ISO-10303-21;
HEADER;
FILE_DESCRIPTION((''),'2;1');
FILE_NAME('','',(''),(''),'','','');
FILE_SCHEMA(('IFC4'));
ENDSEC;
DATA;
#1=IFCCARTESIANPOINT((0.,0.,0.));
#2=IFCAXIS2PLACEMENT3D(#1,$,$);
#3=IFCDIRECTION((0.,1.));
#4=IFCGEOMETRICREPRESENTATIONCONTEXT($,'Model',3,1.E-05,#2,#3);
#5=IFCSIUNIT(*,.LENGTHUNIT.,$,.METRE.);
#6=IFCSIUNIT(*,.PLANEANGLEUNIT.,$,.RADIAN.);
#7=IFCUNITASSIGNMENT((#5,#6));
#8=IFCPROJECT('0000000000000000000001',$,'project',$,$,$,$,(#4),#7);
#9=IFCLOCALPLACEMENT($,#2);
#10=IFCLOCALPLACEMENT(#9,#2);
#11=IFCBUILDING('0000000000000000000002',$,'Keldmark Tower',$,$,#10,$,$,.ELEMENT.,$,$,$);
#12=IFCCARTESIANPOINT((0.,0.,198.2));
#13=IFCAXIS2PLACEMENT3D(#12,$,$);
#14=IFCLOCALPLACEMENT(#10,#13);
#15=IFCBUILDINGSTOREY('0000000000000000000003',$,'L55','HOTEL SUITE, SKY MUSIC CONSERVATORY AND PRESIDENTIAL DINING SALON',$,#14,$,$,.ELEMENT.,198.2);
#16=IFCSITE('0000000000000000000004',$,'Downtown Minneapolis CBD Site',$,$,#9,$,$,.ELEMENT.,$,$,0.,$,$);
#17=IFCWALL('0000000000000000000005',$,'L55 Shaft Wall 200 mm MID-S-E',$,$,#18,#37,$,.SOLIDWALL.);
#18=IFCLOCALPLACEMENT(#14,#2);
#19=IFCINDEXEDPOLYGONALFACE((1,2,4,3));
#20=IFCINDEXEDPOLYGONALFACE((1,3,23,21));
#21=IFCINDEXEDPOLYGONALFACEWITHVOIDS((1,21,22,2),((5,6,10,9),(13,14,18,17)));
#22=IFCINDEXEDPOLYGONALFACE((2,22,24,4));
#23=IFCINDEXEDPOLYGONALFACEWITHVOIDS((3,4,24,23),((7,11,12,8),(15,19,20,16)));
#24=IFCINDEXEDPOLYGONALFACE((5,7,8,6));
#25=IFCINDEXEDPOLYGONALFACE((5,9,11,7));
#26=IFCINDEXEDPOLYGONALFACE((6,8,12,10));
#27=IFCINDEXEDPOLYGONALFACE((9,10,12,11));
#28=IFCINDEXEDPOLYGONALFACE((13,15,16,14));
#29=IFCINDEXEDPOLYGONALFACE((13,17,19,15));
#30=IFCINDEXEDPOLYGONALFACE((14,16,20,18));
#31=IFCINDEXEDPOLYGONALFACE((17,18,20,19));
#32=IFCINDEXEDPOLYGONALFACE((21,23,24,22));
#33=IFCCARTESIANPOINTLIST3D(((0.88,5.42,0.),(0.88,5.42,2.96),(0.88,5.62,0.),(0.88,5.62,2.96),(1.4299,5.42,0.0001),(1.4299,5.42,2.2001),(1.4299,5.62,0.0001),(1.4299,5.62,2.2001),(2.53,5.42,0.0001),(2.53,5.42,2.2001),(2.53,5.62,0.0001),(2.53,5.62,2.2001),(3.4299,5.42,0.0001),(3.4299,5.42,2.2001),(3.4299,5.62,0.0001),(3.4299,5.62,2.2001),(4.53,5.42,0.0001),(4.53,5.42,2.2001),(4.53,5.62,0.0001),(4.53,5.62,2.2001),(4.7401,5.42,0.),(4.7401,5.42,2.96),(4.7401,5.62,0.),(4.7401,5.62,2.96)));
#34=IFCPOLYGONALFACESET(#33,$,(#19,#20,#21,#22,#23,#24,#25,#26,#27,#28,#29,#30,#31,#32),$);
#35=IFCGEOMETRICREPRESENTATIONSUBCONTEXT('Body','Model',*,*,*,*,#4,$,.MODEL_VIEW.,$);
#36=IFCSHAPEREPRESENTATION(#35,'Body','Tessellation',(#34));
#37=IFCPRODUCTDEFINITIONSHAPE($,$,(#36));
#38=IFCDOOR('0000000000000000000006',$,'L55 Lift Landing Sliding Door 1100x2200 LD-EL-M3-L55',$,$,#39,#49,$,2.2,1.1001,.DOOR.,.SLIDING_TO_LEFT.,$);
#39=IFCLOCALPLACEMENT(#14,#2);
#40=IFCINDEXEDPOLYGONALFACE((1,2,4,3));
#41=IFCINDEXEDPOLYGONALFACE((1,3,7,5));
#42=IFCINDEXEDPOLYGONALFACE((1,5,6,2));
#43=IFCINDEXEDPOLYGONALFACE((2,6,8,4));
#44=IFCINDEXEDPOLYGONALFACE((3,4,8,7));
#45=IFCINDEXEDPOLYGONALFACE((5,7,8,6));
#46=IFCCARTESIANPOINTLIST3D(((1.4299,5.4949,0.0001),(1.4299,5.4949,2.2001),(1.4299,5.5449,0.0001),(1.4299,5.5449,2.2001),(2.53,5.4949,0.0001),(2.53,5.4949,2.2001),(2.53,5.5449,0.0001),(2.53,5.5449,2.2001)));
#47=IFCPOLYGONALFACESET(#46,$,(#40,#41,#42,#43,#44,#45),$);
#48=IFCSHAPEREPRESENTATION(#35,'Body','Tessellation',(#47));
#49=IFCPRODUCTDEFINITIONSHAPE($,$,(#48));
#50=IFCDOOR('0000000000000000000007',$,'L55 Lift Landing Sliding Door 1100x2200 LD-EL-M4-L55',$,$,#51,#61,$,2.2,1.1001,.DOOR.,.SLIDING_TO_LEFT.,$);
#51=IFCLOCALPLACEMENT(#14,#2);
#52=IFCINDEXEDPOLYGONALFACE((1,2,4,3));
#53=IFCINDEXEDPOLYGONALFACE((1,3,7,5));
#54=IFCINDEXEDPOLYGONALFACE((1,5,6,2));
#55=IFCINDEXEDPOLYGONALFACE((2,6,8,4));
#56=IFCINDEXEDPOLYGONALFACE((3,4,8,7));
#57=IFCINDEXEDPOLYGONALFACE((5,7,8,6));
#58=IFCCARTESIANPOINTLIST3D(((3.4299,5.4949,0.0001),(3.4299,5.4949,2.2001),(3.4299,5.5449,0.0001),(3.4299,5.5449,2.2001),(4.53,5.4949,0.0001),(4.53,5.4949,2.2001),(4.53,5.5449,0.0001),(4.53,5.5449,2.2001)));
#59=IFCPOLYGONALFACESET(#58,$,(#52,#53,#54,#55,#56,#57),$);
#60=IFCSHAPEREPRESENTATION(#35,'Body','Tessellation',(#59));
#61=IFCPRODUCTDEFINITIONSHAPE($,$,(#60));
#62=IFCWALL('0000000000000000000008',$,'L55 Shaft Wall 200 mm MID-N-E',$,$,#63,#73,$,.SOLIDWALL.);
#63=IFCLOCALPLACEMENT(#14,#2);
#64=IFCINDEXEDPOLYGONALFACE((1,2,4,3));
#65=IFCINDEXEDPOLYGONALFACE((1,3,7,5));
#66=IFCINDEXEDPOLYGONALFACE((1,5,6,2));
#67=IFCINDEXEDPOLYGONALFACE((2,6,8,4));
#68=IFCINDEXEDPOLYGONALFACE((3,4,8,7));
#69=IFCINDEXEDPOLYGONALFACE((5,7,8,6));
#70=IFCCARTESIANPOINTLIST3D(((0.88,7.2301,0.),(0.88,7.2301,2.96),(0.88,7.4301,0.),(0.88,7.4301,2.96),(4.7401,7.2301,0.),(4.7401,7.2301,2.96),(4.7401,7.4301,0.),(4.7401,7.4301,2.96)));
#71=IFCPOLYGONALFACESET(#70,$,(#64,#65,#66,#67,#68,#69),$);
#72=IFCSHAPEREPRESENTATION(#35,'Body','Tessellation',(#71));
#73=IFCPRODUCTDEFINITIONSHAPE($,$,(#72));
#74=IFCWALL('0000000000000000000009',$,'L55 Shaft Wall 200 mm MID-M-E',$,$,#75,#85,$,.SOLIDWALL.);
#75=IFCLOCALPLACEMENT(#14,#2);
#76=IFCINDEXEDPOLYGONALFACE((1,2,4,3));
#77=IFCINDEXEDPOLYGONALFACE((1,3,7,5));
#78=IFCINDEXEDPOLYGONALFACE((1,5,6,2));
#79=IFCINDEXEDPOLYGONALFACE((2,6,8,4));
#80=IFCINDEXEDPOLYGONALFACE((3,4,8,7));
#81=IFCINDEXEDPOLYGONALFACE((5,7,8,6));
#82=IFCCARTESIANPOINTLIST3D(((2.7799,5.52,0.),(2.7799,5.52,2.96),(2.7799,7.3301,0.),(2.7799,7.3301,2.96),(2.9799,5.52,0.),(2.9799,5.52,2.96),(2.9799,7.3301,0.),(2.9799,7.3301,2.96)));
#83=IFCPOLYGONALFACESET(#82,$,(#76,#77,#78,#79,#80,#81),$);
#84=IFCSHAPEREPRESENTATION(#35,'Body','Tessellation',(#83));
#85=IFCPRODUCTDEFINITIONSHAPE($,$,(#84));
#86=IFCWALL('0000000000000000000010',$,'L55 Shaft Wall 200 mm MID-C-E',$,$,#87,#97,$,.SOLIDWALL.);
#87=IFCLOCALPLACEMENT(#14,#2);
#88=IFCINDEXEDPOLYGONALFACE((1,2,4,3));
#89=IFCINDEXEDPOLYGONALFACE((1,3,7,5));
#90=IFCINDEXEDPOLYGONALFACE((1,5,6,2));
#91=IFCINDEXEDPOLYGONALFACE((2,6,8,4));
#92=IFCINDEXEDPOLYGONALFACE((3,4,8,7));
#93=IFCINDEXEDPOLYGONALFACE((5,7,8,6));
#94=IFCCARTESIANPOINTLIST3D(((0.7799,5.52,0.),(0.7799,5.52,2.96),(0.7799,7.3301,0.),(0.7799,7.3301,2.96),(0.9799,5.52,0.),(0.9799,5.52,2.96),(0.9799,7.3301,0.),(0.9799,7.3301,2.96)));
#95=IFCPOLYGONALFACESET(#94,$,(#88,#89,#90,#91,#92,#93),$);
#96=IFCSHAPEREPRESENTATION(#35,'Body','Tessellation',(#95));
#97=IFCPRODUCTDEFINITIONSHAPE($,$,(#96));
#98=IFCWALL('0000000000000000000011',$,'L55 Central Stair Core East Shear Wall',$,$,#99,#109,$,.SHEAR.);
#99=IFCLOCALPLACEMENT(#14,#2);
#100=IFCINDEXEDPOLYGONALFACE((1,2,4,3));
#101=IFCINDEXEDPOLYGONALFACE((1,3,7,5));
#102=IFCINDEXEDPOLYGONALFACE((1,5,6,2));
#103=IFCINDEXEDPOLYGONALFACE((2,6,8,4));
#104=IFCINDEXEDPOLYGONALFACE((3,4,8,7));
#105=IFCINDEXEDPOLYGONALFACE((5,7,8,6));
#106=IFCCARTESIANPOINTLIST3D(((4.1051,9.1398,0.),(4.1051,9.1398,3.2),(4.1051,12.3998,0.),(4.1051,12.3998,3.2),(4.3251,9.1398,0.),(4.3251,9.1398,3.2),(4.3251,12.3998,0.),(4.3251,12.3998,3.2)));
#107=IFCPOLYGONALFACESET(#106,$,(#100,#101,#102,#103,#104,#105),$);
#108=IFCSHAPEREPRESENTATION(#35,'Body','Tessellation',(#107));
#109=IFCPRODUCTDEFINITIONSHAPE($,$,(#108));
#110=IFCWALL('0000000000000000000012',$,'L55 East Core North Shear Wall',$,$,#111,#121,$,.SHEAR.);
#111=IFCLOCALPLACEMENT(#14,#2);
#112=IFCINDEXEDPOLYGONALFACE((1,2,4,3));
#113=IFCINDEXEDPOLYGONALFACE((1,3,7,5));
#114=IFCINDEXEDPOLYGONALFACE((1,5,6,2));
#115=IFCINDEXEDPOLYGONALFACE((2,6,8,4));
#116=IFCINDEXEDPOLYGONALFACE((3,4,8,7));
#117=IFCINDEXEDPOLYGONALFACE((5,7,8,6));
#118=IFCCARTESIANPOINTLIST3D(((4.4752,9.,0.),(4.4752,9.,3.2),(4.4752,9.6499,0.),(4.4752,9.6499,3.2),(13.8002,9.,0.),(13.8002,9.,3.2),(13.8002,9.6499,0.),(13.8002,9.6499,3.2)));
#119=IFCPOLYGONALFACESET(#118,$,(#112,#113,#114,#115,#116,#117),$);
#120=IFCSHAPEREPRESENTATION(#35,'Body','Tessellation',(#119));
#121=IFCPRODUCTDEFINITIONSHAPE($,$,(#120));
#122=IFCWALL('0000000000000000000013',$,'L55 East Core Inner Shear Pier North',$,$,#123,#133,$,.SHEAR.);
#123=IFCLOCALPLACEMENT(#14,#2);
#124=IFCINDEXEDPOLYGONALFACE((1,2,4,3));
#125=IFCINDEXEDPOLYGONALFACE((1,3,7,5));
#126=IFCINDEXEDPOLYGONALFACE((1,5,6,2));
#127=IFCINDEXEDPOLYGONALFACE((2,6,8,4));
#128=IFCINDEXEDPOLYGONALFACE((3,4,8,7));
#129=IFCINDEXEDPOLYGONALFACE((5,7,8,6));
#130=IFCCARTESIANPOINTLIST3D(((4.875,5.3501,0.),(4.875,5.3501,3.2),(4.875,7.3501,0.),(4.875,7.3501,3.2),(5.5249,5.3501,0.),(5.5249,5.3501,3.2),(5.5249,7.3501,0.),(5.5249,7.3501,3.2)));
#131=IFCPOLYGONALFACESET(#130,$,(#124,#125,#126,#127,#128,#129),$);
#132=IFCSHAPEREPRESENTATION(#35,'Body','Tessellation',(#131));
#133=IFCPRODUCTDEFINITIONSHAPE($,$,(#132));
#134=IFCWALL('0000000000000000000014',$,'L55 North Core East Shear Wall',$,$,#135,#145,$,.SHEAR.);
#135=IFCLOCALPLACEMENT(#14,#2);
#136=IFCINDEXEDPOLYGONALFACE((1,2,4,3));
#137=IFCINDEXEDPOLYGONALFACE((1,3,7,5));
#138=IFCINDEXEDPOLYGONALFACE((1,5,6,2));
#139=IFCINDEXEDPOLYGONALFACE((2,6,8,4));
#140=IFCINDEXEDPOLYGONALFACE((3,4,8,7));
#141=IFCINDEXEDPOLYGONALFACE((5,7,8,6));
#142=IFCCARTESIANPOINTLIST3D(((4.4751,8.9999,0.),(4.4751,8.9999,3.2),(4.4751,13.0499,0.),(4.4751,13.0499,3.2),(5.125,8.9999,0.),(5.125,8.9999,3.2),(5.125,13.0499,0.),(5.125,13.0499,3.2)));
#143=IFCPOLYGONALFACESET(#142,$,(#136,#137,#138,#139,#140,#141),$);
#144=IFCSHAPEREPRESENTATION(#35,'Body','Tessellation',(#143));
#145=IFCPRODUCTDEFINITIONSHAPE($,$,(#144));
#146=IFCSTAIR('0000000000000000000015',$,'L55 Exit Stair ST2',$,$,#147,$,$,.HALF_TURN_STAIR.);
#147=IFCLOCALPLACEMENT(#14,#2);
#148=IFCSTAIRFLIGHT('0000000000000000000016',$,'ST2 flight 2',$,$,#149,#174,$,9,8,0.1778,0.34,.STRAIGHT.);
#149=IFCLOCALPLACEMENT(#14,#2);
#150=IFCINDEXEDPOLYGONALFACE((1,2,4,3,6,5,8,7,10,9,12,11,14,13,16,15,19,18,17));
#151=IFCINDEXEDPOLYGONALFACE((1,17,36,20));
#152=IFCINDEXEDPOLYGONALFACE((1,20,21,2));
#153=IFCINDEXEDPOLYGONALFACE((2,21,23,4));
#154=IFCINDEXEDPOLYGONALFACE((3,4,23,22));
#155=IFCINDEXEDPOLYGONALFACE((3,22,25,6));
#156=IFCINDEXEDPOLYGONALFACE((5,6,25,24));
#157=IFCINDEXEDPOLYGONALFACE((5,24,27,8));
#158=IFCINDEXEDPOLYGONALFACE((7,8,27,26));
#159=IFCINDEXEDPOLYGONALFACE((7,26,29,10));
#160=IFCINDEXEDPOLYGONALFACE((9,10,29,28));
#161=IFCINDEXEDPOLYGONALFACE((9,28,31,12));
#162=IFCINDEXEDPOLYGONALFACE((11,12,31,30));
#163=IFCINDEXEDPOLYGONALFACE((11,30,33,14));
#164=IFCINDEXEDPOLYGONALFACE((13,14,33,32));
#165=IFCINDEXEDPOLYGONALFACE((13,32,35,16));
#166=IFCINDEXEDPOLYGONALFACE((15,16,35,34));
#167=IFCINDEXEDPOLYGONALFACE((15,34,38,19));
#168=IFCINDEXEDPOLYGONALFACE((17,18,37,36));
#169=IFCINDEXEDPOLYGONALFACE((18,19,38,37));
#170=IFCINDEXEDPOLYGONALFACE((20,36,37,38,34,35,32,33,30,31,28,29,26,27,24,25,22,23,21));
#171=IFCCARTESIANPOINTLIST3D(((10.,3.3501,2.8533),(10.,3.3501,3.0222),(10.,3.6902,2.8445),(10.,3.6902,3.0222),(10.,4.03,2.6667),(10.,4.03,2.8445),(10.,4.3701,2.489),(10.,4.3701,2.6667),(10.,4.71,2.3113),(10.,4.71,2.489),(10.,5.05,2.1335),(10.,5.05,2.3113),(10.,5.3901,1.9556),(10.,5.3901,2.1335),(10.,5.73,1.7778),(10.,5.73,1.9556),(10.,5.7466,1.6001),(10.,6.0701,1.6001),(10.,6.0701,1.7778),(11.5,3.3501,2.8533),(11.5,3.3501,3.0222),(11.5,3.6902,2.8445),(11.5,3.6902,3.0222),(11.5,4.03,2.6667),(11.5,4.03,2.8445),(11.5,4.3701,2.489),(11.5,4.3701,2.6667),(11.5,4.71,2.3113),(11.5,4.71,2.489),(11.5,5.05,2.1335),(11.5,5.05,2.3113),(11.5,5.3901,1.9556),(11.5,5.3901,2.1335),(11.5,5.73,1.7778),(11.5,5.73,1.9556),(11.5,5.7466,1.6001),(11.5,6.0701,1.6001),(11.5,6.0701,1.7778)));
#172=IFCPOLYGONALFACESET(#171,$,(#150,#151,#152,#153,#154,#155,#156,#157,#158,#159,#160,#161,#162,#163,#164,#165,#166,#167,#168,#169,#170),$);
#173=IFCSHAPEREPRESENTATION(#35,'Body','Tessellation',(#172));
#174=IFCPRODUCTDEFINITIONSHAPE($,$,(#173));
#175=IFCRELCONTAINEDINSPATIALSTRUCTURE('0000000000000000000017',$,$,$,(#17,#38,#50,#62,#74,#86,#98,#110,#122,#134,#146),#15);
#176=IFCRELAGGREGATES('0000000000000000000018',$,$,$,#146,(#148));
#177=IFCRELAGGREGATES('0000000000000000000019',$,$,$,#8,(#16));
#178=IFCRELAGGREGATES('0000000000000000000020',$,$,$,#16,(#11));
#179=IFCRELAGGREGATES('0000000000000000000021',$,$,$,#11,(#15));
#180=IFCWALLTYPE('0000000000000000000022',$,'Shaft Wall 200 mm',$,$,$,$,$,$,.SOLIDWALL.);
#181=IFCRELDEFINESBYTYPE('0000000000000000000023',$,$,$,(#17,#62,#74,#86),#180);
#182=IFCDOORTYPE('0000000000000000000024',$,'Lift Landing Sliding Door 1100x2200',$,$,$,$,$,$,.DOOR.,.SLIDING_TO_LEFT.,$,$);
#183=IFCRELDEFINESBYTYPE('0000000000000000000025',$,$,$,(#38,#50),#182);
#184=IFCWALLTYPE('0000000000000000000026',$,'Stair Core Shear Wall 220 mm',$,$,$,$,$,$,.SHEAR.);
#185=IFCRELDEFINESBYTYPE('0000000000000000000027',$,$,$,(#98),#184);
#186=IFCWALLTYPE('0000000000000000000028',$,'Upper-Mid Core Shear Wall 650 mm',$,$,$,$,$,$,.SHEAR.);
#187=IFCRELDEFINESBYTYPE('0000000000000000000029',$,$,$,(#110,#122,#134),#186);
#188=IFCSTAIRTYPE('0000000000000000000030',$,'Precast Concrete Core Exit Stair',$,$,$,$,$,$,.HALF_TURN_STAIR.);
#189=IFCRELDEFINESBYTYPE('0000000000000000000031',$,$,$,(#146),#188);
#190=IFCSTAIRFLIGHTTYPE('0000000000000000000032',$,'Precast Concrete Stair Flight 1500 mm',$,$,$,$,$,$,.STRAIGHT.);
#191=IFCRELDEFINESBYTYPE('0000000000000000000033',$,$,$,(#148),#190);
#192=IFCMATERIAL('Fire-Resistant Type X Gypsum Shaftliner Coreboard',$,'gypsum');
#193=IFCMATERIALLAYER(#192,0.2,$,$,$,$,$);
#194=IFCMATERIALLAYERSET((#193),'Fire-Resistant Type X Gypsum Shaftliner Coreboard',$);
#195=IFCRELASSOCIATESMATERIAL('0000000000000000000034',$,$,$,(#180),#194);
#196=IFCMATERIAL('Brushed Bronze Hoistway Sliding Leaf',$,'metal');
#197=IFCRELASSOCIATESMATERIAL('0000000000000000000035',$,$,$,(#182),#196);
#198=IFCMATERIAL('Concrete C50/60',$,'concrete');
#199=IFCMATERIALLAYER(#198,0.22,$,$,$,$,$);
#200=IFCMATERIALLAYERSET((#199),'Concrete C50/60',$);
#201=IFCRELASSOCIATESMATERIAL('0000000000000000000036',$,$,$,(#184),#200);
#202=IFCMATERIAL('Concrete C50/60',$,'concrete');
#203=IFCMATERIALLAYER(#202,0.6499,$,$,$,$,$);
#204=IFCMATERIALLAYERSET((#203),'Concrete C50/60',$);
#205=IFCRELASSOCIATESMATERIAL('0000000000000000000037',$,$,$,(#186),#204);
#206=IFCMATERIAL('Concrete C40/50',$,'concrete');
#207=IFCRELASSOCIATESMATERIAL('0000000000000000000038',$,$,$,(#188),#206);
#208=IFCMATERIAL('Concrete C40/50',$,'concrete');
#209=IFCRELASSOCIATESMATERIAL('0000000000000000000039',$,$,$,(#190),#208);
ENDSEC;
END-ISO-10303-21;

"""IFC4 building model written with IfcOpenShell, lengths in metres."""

from ifc_helpers import new_model, si_unit, direction, frame, frame_2d, origin, place, context, subcontext, project, spatial, polyline, rectangle, outline, extrude, material, layer, layer_set, type_object, element, fill, aggregate, save


model = new_model("IFC4")

# Units and contexts
model_context = context("Model", 3, precision=1e-05, world=origin(), true_north=direction((0.0, 1.0)))
body_context = subcontext(model_context, "Body", "Model", "MODEL_VIEW")
ifc_project = project(units=[si_unit("LENGTHUNIT", "METRE"), si_unit("PLANEANGLEUNIT", "RADIAN")], contexts=[model_context])

# Site, building, storey
site_placement = place(None, origin())
site = spatial("IfcSite", under=ifc_project, at=site_placement, Name="Downtown Minneapolis CBD Site", CompositionType="ELEMENT", RefElevation=0.0)
building_placement = place(site_placement, origin())
building = spatial("IfcBuilding", under=site, at=building_placement, Name="Keldmark Tower", CompositionType="ELEMENT")
storey_placement = place(building_placement, frame((0.0, 0.0, 198.2)))
storey = spatial("IfcBuildingStorey", under=building, at=storey_placement, Name="L55", Description="HOTEL SUITE, SKY MUSIC CONSERVATORY AND PRESIDENTIAL DINING SALON", CompositionType="ELEMENT", Elevation=198.2)

# Shared definitions
ifc_material_1 = material(Name="Fire-Resistant Type X Gypsum Shaftliner Coreboard", Category="gypsum")
ifc_layer_1 = layer(ifc_material_1, 0.2)
ifc_layer_set_1 = layer_set([ifc_layer_1], Name="Fire-Resistant Type X Gypsum Shaftliner Coreboard")
wall_type_1 = type_object("IfcWallType", Name="Shaft Wall 200 mm", PredefinedType="SOLIDWALL", material=ifc_layer_set_1)

# Wall, openings, doors
wall_1_placement = place(storey_placement, frame((0.8799, 5.52, 0.0), z_axis=(0.0, 0.0, 1.0), x_axis=(1.0, 0.0, 0.0)))
wall_1 = element("IfcWall", 1, at=wall_1_placement, inside=storey, type_object=wall_type_1, Name="L55 Shaft Wall 200 mm MID-S-E", PredefinedType="SOLIDWALL", context=body_context, shape_type="SweptSolid", body=[
    extrude(rectangle(XDim=3.8601, YDim=0.2, at=frame_2d((1.9302, 0.0))), origin(), (0.0, 0.0, 1.0), 2.96),
])
opening_1_placement = place(wall_1_placement, frame((0.55, 0.0, 0.0)))
opening_1 = element("IfcOpeningElement", 2, at=opening_1_placement, cuts=wall_1, PredefinedType="OPENING", context=body_context, shape_type="SweptSolid", body=[
    extrude(rectangle(XDim=1.1001, YDim=2.2, at=frame_2d((0.55, 1.1001))), frame((0.0, 0.1099, 0.0), z_axis=(0.0, -1.0, 0.0), x_axis=(1.0, 0.0, 0.0)), (0.0, 0.0, 1.0), 0.22),
])
opening_2_placement = place(wall_1_placement, frame((2.55, 0.0, 0.0)))
opening_2 = element("IfcOpeningElement", 3, at=opening_2_placement, cuts=wall_1, PredefinedType="OPENING", context=body_context, shape_type="SweptSolid", body=[
    extrude(rectangle(XDim=1.1001, YDim=2.2, at=frame_2d((0.55, 1.1001))), frame((0.0, 0.1099, 0.0), z_axis=(0.0, -1.0, 0.0), x_axis=(1.0, 0.0, 0.0)), (0.0, 0.0, 1.0), 0.22),
])
ifc_material_2 = material(Name="Brushed Bronze Hoistway Sliding Leaf", Category="metal")
door_type_1 = type_object("IfcDoorType", Name="Lift Landing Sliding Door 1100x2200", OperationType="SLIDING_TO_LEFT", PredefinedType="DOOR", material=ifc_material_2)
door_1_placement = place(opening_1_placement, origin())
door_1 = element("IfcDoor", 4, at=door_1_placement, inside=storey, type_object=door_type_1, Name="L55 Lift Landing Sliding Door 1100x2200 LD-EL-M3-L55", OperationType="SLIDING_TO_LEFT", OverallHeight=2.2, OverallWidth=1.1001, PredefinedType="DOOR", context=body_context, shape_type="SweptSolid", body=[
    extrude(rectangle(XDim=1.1001, YDim=2.2, at=frame_2d((0.55, 1.1001))), frame((0.0, 0.0249, 0.0), z_axis=(0.0, -1.0, 0.0), x_axis=(1.0, 0.0, 0.0)), (0.0, 0.0, 1.0), 0.05),
])
fill(opening_1, door_1)
door_2_placement = place(opening_2_placement, origin())
door_2 = element("IfcDoor", 5, at=door_2_placement, inside=storey, type_object=door_type_1, Name="L55 Lift Landing Sliding Door 1100x2200 LD-EL-M4-L55", OperationType="SLIDING_TO_LEFT", OverallHeight=2.2, OverallWidth=1.1001, PredefinedType="DOOR", context=body_context, shape_type="SweptSolid", body=[
    extrude(rectangle(XDim=1.1001, YDim=2.2, at=frame_2d((0.55, 1.1001))), frame((0.0, 0.0249, 0.0), z_axis=(0.0, -1.0, 0.0), x_axis=(1.0, 0.0, 0.0)), (0.0, 0.0, 1.0), 0.05),
])
fill(opening_2, door_2)

# Walls
wall_2_placement = place(storey_placement, frame((0.8799, 7.3301, 0.0), z_axis=(0.0, 0.0, 1.0), x_axis=(1.0, 0.0, 0.0)))
element("IfcWall", 6, at=wall_2_placement, inside=storey, type_object=wall_type_1, Name="L55 Shaft Wall 200 mm MID-N-E", PredefinedType="SOLIDWALL", context=body_context, shape_type="SweptSolid", body=[
    extrude(rectangle(XDim=3.8601, YDim=0.2, at=frame_2d((1.9302, 0.0))), origin(), (0.0, 0.0, 1.0), 2.96),
])
for number, where, z_axis, x_axis, name in (
    (7, (2.8799, 5.52, 0.0), (0.0, 0.0, 1.0), (0.0, 1.0, 0.0), "L55 Shaft Wall 200 mm MID-M-E"),
    (8, (0.8799, 5.52, 0.0), (0.0, 0.0, 1.0), (0.0, 1.0, 0.0), "L55 Shaft Wall 200 mm MID-C-E"),
):
    element("IfcWall", number, at=place(storey_placement, frame(where, z_axis=z_axis, x_axis=x_axis)), inside=storey, type_object=wall_type_1, Name=name, PredefinedType="SOLIDWALL", context=body_context, shape_type="SweptSolid", body=[
        extrude(rectangle(XDim=1.8101, YDim=0.2, at=frame_2d((0.905, 0.0))), origin(), (0.0, 0.0, 1.0), 2.96),
    ])
ifc_material_3 = material(Name="Concrete C50/60", Category="concrete")
ifc_layer_2 = layer(ifc_material_3, 0.22)
ifc_layer_set_2 = layer_set([ifc_layer_2], Name="Concrete C50/60")
wall_type_2 = type_object("IfcWallType", Name="Stair Core Shear Wall 220 mm", PredefinedType="SHEAR", material=ifc_layer_set_2)
wall_3_placement = place(storey_placement, frame((4.2151, 9.1399, 0.0), z_axis=(0.0, 0.0, 1.0), x_axis=(0.0, 1.0, 0.0)))
element("IfcWall", 9, at=wall_3_placement, inside=storey, type_object=wall_type_2, Name="L55 Central Stair Core East Shear Wall", PredefinedType="SHEAR", context=body_context, shape_type="SweptSolid", body=[
    extrude(rectangle(XDim=3.26, YDim=0.22, at=frame_2d((1.6299, 0.0))), origin(), (0.0, 0.0, 1.0), 3.2),
])
ifc_material_4 = material(Name="Concrete C50/60", Category="concrete")
ifc_layer_3 = layer(ifc_material_4, 0.6499)
ifc_layer_set_3 = layer_set([ifc_layer_3], Name="Concrete C50/60")
wall_type_3 = type_object("IfcWallType", Name="Upper-Mid Core Shear Wall 650 mm", PredefinedType="SHEAR", material=ifc_layer_set_3)
wall_4_placement = place(storey_placement, frame((4.4751, 9.325, 0.0), z_axis=(0.0, 0.0, 1.0), x_axis=(1.0, 0.0, 0.0)))
element("IfcWall", 10, at=wall_4_placement, inside=storey, type_object=wall_type_3, Name="L55 East Core North Shear Wall", PredefinedType="SHEAR", context=body_context, shape_type="SweptSolid", body=[
    extrude(rectangle(XDim=9.325, YDim=0.6499, at=frame_2d((4.6626, 0.0))), origin(), (0.0, 0.0, 1.0), 3.2),
])
wall_5_placement = place(storey_placement, frame((5.2, 5.3501, 0.0), z_axis=(0.0, 0.0, 1.0), x_axis=(0.0, 1.0, 0.0)))
element("IfcWall", 11, at=wall_5_placement, inside=storey, type_object=wall_type_3, Name="L55 East Core Inner Shear Pier North", PredefinedType="SHEAR", context=body_context, shape_type="SweptSolid", body=[
    extrude(rectangle(XDim=2.0, YDim=0.6499, at=frame_2d((1.0, 0.0))), origin(), (0.0, 0.0, 1.0), 3.2),
])
wall_6_placement = place(storey_placement, frame((4.8, 9.0, 0.0), z_axis=(0.0, 0.0, 1.0), x_axis=(0.0, 1.0, 0.0)))
element("IfcWall", 12, at=wall_6_placement, inside=storey, type_object=wall_type_3, Name="L55 North Core East Shear Wall", PredefinedType="SHEAR", context=body_context, shape_type="SweptSolid", body=[
    extrude(rectangle(XDim=4.05, YDim=0.6499, at=frame_2d((2.0249, 0.0))), origin(), (0.0, 0.0, 1.0), 3.2),
])

# Stair, stair flight
ifc_material_5 = material(Name="Concrete C40/50", Category="concrete")
stair_type = type_object("IfcStairType", Name="Precast Concrete Core Exit Stair", PredefinedType="HALF_TURN_STAIR", material=ifc_material_5)
stair_placement = place(storey_placement, origin())
stair = element("IfcStair", 13, at=stair_placement, inside=storey, type_object=stair_type, Name="L55 Exit Stair ST2", PredefinedType="HALF_TURN_STAIR")
ifc_material_6 = material(Name="Concrete C40/50", Category="concrete")
stair_flight_type = type_object("IfcStairFlightType", Name="Precast Concrete Stair Flight 1500 mm", PredefinedType="STRAIGHT", material=ifc_material_6)
stair_flight_placement = place(storey_placement, frame((10.75, 6.0701, 1.6001), z_axis=(0.0, 0.0, 1.0), x_axis=(0.0, -1.0, 0.0)))
stair_flight = element("IfcStairFlight", 14, at=stair_flight_placement, type_object=stair_flight_type, Name="ST2 flight 2", NumberOfRisers=9, NumberOfTreads=8, PredefinedType="STRAIGHT", RiserHeight=0.1778, TreadLength=0.34, context=body_context, shape_type="SweptSolid", body=[
    extrude(outline(polyline([(0.0, 0.0), (0.0, 0.1777), (0.3401, 0.1777), (0.3401, 0.3555), (0.6799, 0.3555), (0.6799, 0.5334), (1.02, 0.5334), (1.02, 0.7112), (1.3601, 0.7112), (1.3601, 0.8889), (1.7, 0.8889), (1.7, 1.0667), (2.04, 1.0667), (2.04, 1.2444), (2.3799, 1.2444), (2.3799, 1.4221), (2.72, 1.4221), (2.72, 1.6001), (2.72, 1.2532), (0.3235, 0.0), (0.0, 0.0)])), frame((0.0, 0.75, 0.0), z_axis=(0.0, -1.0, 0.0), x_axis=(1.0, 0.0, 0.0)), (0.0, 0.0, 1.0), 1.5),
])
aggregate(stair, [stair_flight])

save(model, "model.ifc")
